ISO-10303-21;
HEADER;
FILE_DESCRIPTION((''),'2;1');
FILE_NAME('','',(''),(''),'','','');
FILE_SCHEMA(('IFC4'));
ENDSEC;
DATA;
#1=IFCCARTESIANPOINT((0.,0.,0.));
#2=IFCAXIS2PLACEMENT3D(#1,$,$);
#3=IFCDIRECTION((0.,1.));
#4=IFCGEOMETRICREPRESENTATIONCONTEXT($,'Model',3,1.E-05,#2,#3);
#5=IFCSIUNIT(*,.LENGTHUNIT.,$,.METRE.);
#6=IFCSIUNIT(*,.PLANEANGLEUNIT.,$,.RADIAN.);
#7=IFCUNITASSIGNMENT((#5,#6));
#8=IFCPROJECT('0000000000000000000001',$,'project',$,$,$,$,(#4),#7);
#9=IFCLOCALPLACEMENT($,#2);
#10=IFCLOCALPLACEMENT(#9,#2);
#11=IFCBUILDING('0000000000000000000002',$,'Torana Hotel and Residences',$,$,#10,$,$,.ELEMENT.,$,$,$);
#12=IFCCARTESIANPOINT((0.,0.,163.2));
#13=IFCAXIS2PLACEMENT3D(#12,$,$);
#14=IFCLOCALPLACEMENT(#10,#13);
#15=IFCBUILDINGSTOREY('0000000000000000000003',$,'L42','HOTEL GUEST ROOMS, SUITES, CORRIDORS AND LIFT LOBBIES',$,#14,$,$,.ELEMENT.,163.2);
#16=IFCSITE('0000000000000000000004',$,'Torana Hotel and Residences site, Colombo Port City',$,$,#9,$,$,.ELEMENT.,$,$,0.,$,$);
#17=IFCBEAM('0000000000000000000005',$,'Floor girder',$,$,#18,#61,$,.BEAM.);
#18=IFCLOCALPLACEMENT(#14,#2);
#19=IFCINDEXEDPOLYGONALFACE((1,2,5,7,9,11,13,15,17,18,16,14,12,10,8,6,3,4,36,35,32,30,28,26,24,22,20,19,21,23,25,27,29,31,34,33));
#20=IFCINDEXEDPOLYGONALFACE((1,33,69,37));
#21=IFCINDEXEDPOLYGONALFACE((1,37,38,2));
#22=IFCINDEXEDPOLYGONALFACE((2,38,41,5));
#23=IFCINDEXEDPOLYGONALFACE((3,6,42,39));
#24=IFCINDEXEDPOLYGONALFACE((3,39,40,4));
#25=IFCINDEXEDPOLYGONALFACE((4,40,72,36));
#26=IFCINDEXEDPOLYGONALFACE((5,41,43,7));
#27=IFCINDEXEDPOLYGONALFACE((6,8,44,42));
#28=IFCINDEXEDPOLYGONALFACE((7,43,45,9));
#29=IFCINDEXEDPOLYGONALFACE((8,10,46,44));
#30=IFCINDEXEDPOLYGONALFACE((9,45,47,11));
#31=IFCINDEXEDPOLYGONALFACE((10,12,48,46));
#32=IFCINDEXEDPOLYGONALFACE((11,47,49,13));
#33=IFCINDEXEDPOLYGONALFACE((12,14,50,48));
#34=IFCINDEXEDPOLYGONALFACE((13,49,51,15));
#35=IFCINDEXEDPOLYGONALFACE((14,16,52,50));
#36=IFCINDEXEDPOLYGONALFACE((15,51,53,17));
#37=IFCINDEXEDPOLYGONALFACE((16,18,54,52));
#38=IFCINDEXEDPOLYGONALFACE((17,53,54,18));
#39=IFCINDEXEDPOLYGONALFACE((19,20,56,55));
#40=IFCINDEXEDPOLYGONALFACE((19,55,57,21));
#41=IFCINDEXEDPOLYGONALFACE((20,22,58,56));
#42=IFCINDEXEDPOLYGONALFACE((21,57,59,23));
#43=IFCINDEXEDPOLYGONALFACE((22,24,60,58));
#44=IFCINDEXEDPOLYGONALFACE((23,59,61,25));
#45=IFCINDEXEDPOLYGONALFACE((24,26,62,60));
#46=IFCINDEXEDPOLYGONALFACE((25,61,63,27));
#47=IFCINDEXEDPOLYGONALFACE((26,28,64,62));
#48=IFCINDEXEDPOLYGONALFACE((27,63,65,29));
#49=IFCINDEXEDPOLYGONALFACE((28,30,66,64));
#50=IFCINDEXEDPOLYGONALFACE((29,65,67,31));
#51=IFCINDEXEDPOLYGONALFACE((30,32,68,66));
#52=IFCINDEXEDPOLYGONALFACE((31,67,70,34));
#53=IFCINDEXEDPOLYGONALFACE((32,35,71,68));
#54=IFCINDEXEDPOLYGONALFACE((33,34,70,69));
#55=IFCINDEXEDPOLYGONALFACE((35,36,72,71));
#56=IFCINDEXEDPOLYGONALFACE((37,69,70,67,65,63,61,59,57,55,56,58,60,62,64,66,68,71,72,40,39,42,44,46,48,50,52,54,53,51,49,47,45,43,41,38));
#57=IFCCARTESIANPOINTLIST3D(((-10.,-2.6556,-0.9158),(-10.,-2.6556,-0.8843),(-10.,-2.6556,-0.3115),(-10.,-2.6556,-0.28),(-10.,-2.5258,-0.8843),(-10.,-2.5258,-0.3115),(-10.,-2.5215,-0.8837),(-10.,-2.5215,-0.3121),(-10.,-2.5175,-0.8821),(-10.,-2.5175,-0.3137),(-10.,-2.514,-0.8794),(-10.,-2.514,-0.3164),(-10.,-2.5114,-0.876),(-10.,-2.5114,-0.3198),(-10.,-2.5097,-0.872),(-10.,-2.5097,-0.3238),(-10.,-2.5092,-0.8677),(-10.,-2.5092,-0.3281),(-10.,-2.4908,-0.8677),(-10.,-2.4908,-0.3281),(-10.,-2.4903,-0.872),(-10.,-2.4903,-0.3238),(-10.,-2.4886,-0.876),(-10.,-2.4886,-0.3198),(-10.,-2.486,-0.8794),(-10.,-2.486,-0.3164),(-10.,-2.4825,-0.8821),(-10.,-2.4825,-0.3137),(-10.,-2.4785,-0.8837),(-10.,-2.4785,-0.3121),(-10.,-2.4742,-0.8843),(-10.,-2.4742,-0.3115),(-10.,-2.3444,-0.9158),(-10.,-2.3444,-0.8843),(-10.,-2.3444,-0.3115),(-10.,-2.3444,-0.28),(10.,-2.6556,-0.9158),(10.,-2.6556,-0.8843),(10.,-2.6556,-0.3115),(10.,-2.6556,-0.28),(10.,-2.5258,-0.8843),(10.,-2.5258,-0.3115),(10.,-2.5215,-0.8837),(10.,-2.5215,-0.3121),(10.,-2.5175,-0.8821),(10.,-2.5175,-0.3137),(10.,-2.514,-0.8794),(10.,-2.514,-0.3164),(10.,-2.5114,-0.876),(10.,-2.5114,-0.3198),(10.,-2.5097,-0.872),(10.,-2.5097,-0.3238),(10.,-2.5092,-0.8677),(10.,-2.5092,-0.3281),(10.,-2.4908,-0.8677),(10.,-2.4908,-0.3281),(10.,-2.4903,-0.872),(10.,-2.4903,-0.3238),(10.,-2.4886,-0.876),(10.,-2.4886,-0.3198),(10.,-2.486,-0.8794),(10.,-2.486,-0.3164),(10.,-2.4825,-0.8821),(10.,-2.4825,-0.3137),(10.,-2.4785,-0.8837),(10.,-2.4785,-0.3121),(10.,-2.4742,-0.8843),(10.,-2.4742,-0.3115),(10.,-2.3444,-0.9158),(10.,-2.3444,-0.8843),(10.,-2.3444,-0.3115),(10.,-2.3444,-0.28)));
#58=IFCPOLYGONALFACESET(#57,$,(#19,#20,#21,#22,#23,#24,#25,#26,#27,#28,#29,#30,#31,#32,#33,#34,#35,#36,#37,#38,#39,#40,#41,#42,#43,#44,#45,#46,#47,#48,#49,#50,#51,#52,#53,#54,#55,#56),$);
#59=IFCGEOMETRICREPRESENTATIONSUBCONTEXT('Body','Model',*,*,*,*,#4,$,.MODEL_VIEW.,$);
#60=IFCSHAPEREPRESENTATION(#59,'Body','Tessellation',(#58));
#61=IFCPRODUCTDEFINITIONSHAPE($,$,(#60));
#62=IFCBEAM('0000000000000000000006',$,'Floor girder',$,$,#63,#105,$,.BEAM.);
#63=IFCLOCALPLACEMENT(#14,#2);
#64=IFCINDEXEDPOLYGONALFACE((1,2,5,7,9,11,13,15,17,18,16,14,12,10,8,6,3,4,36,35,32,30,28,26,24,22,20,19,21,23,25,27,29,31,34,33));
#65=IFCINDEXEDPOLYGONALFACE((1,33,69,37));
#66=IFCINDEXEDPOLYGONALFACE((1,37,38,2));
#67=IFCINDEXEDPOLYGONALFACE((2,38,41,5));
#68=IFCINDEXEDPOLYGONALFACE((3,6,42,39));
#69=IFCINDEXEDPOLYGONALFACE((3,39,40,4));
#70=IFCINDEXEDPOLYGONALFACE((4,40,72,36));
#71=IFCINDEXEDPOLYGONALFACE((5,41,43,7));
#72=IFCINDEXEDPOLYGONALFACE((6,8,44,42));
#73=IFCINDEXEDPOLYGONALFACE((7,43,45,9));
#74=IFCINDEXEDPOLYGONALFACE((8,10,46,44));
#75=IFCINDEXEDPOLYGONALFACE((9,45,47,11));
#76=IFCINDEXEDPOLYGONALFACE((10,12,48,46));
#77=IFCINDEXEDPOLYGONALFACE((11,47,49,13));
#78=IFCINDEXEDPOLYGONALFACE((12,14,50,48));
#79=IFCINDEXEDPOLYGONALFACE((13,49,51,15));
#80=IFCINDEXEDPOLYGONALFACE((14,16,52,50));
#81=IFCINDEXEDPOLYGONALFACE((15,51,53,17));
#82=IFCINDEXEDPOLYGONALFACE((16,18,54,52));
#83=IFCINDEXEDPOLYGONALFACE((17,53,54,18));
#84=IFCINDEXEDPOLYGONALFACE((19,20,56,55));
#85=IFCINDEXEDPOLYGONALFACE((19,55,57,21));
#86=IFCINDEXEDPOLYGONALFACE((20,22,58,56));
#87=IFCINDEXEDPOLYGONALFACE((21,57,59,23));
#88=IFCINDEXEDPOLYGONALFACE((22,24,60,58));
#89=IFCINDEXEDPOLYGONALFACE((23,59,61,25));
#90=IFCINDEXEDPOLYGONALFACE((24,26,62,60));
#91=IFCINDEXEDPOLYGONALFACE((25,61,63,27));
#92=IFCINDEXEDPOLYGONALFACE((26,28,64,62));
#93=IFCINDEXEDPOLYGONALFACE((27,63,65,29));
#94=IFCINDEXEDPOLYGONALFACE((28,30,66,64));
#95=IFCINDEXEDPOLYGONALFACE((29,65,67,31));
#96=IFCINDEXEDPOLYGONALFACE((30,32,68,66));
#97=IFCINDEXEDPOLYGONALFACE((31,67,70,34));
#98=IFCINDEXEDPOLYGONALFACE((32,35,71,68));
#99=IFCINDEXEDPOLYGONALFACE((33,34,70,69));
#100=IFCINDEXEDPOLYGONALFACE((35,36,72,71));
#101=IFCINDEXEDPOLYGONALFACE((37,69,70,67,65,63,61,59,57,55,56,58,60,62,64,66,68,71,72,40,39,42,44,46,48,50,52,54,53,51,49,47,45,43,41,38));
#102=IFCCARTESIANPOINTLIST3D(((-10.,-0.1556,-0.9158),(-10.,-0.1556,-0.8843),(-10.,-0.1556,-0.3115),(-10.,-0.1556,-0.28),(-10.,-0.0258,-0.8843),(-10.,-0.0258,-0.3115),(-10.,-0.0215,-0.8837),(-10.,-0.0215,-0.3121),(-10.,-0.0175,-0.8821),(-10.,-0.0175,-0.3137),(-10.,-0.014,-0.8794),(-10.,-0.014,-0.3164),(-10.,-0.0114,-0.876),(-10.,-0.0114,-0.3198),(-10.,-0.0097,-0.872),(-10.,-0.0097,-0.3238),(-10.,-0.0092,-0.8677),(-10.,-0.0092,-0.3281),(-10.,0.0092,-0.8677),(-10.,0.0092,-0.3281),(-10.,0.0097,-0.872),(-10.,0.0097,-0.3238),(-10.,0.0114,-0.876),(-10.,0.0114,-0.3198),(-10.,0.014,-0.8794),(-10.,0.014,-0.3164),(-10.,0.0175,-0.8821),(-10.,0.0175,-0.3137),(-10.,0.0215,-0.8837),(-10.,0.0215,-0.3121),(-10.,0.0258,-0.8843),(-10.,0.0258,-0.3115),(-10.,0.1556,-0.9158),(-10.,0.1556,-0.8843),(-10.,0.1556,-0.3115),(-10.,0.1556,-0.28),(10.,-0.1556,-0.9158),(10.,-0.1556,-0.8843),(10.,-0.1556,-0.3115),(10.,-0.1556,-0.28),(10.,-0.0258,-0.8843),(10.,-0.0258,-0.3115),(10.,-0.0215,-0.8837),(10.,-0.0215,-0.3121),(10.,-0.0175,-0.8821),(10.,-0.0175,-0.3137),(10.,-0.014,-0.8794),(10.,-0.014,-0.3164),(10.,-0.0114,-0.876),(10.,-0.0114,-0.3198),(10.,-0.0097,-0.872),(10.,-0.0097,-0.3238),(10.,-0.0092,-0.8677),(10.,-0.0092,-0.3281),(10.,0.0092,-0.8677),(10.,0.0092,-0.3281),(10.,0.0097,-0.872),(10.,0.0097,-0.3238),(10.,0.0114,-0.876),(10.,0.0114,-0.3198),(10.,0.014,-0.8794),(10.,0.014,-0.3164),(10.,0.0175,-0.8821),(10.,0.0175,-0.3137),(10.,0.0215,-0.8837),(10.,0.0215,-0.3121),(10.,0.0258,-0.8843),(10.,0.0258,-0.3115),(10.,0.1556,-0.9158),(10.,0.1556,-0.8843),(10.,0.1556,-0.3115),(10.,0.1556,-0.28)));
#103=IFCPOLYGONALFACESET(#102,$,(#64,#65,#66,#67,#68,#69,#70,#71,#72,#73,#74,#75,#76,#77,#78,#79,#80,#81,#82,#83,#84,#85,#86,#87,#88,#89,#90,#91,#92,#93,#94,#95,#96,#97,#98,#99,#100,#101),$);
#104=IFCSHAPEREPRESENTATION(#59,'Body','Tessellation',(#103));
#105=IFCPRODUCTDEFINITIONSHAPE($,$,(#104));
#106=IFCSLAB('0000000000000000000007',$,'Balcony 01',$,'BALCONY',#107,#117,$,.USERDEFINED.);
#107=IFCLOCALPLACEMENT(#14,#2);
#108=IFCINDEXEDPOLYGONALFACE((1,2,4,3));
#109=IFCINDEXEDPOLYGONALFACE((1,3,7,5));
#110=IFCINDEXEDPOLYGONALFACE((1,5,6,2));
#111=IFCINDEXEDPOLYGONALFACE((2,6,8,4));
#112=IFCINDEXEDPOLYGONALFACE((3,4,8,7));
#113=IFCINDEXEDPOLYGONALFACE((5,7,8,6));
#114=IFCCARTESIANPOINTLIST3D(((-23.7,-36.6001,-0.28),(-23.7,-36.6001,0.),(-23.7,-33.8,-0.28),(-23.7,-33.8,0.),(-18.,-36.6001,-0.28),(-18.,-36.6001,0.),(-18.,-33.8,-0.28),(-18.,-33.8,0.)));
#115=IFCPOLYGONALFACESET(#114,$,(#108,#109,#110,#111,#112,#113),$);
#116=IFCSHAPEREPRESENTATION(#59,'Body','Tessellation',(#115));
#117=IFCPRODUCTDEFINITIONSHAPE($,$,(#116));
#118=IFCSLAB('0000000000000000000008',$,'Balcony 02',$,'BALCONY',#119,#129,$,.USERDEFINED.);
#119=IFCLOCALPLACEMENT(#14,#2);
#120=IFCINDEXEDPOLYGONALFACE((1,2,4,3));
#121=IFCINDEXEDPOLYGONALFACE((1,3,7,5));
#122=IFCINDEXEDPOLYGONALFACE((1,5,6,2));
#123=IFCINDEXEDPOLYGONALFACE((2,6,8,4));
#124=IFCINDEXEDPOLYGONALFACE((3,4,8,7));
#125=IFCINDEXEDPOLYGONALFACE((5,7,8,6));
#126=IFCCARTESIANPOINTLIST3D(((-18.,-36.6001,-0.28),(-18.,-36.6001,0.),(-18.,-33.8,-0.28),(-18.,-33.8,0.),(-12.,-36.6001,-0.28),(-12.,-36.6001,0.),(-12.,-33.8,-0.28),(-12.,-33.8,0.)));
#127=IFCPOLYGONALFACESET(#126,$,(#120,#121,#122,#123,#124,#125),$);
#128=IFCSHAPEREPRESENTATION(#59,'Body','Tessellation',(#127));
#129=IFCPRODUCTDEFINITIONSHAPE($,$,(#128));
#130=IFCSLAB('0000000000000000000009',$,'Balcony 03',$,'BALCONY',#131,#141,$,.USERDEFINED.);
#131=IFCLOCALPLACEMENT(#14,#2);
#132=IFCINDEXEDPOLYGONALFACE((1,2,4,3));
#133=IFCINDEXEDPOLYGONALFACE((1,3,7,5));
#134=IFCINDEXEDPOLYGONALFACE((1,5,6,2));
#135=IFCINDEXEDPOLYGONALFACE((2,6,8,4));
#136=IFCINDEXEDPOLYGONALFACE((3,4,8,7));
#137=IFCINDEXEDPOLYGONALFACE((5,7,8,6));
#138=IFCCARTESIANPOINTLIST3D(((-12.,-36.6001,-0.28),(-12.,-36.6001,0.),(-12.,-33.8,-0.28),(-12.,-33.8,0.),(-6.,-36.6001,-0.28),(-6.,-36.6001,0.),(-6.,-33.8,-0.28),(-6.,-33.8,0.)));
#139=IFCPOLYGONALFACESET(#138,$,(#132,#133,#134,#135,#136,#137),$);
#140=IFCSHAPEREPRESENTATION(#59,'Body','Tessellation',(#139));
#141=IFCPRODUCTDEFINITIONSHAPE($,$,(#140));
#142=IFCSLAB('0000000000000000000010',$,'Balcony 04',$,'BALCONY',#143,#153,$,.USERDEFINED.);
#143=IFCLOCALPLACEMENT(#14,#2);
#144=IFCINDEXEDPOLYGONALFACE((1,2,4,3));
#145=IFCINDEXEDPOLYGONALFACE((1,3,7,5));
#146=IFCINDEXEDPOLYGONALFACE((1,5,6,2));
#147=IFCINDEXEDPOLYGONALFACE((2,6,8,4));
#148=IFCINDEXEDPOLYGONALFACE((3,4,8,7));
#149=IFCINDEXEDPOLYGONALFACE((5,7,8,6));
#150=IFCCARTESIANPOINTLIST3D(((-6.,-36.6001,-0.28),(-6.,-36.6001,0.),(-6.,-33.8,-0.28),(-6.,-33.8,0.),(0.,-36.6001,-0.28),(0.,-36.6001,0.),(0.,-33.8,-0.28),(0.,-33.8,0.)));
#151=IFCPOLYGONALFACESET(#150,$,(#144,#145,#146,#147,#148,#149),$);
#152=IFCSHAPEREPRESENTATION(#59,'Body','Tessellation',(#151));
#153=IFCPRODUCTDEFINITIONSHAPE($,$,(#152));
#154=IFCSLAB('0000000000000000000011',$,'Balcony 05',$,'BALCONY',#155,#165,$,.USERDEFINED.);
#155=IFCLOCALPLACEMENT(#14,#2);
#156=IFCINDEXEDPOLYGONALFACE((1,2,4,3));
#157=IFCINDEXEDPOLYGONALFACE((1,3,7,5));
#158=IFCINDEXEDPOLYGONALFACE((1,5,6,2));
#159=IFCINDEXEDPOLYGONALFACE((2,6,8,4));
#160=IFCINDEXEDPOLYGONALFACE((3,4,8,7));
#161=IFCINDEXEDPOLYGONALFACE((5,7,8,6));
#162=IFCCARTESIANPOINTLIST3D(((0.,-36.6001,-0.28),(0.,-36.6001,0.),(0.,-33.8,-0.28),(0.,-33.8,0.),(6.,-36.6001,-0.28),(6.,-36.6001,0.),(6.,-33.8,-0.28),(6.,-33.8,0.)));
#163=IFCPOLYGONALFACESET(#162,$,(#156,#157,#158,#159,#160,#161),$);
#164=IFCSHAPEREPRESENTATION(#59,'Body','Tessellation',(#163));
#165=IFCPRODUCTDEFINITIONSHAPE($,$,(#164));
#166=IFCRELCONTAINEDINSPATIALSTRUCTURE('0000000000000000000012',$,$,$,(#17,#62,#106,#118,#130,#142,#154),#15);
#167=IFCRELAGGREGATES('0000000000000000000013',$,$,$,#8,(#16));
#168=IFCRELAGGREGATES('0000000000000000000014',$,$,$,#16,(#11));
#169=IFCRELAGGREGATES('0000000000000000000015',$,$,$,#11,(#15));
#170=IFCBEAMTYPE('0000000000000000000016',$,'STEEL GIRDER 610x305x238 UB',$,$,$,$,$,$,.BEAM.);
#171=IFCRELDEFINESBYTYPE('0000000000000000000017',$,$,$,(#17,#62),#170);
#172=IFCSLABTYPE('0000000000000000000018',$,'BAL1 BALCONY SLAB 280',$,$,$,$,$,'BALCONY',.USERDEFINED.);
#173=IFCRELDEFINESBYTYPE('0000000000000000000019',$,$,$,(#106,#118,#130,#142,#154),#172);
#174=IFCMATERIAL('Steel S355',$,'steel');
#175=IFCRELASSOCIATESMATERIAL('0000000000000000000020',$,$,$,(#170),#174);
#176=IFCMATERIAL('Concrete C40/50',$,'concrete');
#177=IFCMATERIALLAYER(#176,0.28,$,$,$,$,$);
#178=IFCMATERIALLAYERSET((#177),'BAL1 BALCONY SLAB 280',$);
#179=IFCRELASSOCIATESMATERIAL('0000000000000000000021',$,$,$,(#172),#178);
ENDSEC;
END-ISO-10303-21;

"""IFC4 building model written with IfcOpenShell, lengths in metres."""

from ifc_helpers import new_model, si_unit, direction, frame, origin, origin_2d, place, context, subcontext, project, spatial, polyline, i_section, outline, extrude, material, layer, layer_set, material_profile, profile_set, type_object, element, save


model = new_model("IFC4")

# Units and contexts
model_context = context("Model", 3, precision=1e-05, world=origin(), true_north=direction((0.0, 1.0)))
body_context = subcontext(model_context, "Body", "Model", "MODEL_VIEW")
ifc_project = project(units=[si_unit("LENGTHUNIT", "METRE"), si_unit("PLANEANGLEUNIT", "RADIAN")], contexts=[model_context])

# Site, building, storey
site_placement = place(None, origin())
site = spatial("IfcSite", under=ifc_project, at=site_placement, Name="Torana Hotel and Residences site, Colombo Port City", CompositionType="ELEMENT", RefElevation=0.0)
building_placement = place(site_placement, origin())
building = spatial("IfcBuilding", under=site, at=building_placement, Name="Torana Hotel and Residences", CompositionType="ELEMENT")
storey_placement = place(building_placement, frame((0.0, 0.0, 163.2)))
storey = spatial("IfcBuildingStorey", under=building, at=storey_placement, Name="L42", Description="HOTEL GUEST ROOMS, SUITES, CORRIDORS AND LIFT LOBBIES", CompositionType="ELEMENT", Elevation=163.2)

# Beams
ifc_material_1 = material(Name="Steel S355", Category="steel")
ifc_material_profile = material_profile(ifc_material_1, i_section(OverallWidth=0.3113, OverallDepth=0.6357, WebThickness=0.0183, FlangeThickness=0.0315, FilletRadius=0.0166, at=origin_2d()), Name="610x305x238 UB")
ifc_profile_set = profile_set([ifc_material_profile], Name="Steel S355")
beam_type = type_object("IfcBeamType", Name="STEEL GIRDER 610x305x238 UB", PredefinedType="BEAM", material=ifc_profile_set)
for number, where, z_axis, x_axis, name in (
    (1, (-10.0, -2.5, -0.5979), (1.0, 0.0, 0.0), (0.0, 1.0, 0.0), "Floor girder"),
    (2, (-10.0, 0.0, -0.5979), (1.0, 0.0, 0.0), (0.0, 1.0, 0.0), "Floor girder"),
):
    element("IfcBeam", number, at=place(storey_placement, frame(where, z_axis=z_axis, x_axis=x_axis)), inside=storey, type_object=beam_type, Name=name, PredefinedType="BEAM", context=body_context, shape_type="SweptSolid", body=[
        extrude(i_section(OverallWidth=0.3113, OverallDepth=0.6357, WebThickness=0.0183, FlangeThickness=0.0315, FilletRadius=0.0166, at=origin_2d()), origin(), (0.0, 0.0, 1.0), 20.0),
    ])

# Slabs
ifc_material_2 = material(Name="Concrete C40/50", Category="concrete")
ifc_layer_1 = layer(ifc_material_2, 0.28)
ifc_layer_set_1 = layer_set([ifc_layer_1], Name="BAL1 BALCONY SLAB 280")
slab_type_1 = type_object("IfcSlabType", Name="BAL1 BALCONY SLAB 280", ElementType="BALCONY", PredefinedType="USERDEFINED", material=ifc_layer_set_1)
slab_1_placement = place(storey_placement, frame((0.0, 0.0, -0.28)))
element("IfcSlab", 3, at=slab_1_placement, inside=storey, type_object=slab_type_1, Name="Balcony 01", ObjectType="BALCONY", PredefinedType="USERDEFINED", context=body_context, shape_type="SweptSolid", body=[
    extrude(outline(polyline([(-23.7, -36.6001), (-18.0, -36.6001), (-18.0, -33.8), (-23.7, -33.8), (-23.7, -36.6001)])), origin(), (0.0, 0.0, 1.0), 0.28),
])
slab_2_placement = place(storey_placement, frame((0.0, 0.0, -0.28)))
element("IfcSlab", 4, at=slab_2_placement, inside=storey, type_object=slab_type_1, Name="Balcony 02", ObjectType="BALCONY", PredefinedType="USERDEFINED", context=body_context, shape_type="SweptSolid", body=[
    extrude(outline(polyline([(-18.0, -36.6001), (-12.0, -36.6001), (-12.0, -33.8), (-18.0, -33.8), (-18.0, -36.6001)])), origin(), (0.0, 0.0, 1.0), 0.28),
])
slab_3_placement = place(storey_placement, frame((0.0, 0.0, -0.28)))
element("IfcSlab", 5, at=slab_3_placement, inside=storey, type_object=slab_type_1, Name="Balcony 03", ObjectType="BALCONY", PredefinedType="USERDEFINED", context=body_context, shape_type="SweptSolid", body=[
    extrude(outline(polyline([(-12.0, -36.6001), (-6.0, -36.6001), (-6.0, -33.8), (-12.0, -33.8), (-12.0, -36.6001)])), origin(), (0.0, 0.0, 1.0), 0.28),
])
slab_4_placement = place(storey_placement, frame((0.0, 0.0, -0.28)))
element("IfcSlab", 6, at=slab_4_placement, inside=storey, type_object=slab_type_1, Name="Balcony 04", ObjectType="BALCONY", PredefinedType="USERDEFINED", context=body_context, shape_type="SweptSolid", body=[
    extrude(outline(polyline([(-6.0, -36.6001), (0.0, -36.6001), (0.0, -33.8), (-6.0, -33.8), (-6.0, -36.6001)])), origin(), (0.0, 0.0, 1.0), 0.28),
])
slab_5_placement = place(storey_placement, frame((0.0, 0.0, -0.28)))
element("IfcSlab", 7, at=slab_5_placement, inside=storey, type_object=slab_type_1, Name="Balcony 05", ObjectType="BALCONY", PredefinedType="USERDEFINED", context=body_context, shape_type="SweptSolid", body=[
    extrude(outline(polyline([(0.0, -36.6001), (6.0, -36.6001), (6.0, -33.8), (0.0, -33.8), (0.0, -36.6001)])), origin(), (0.0, 0.0, 1.0), 0.28),
])

save(model, "model.ifc")
